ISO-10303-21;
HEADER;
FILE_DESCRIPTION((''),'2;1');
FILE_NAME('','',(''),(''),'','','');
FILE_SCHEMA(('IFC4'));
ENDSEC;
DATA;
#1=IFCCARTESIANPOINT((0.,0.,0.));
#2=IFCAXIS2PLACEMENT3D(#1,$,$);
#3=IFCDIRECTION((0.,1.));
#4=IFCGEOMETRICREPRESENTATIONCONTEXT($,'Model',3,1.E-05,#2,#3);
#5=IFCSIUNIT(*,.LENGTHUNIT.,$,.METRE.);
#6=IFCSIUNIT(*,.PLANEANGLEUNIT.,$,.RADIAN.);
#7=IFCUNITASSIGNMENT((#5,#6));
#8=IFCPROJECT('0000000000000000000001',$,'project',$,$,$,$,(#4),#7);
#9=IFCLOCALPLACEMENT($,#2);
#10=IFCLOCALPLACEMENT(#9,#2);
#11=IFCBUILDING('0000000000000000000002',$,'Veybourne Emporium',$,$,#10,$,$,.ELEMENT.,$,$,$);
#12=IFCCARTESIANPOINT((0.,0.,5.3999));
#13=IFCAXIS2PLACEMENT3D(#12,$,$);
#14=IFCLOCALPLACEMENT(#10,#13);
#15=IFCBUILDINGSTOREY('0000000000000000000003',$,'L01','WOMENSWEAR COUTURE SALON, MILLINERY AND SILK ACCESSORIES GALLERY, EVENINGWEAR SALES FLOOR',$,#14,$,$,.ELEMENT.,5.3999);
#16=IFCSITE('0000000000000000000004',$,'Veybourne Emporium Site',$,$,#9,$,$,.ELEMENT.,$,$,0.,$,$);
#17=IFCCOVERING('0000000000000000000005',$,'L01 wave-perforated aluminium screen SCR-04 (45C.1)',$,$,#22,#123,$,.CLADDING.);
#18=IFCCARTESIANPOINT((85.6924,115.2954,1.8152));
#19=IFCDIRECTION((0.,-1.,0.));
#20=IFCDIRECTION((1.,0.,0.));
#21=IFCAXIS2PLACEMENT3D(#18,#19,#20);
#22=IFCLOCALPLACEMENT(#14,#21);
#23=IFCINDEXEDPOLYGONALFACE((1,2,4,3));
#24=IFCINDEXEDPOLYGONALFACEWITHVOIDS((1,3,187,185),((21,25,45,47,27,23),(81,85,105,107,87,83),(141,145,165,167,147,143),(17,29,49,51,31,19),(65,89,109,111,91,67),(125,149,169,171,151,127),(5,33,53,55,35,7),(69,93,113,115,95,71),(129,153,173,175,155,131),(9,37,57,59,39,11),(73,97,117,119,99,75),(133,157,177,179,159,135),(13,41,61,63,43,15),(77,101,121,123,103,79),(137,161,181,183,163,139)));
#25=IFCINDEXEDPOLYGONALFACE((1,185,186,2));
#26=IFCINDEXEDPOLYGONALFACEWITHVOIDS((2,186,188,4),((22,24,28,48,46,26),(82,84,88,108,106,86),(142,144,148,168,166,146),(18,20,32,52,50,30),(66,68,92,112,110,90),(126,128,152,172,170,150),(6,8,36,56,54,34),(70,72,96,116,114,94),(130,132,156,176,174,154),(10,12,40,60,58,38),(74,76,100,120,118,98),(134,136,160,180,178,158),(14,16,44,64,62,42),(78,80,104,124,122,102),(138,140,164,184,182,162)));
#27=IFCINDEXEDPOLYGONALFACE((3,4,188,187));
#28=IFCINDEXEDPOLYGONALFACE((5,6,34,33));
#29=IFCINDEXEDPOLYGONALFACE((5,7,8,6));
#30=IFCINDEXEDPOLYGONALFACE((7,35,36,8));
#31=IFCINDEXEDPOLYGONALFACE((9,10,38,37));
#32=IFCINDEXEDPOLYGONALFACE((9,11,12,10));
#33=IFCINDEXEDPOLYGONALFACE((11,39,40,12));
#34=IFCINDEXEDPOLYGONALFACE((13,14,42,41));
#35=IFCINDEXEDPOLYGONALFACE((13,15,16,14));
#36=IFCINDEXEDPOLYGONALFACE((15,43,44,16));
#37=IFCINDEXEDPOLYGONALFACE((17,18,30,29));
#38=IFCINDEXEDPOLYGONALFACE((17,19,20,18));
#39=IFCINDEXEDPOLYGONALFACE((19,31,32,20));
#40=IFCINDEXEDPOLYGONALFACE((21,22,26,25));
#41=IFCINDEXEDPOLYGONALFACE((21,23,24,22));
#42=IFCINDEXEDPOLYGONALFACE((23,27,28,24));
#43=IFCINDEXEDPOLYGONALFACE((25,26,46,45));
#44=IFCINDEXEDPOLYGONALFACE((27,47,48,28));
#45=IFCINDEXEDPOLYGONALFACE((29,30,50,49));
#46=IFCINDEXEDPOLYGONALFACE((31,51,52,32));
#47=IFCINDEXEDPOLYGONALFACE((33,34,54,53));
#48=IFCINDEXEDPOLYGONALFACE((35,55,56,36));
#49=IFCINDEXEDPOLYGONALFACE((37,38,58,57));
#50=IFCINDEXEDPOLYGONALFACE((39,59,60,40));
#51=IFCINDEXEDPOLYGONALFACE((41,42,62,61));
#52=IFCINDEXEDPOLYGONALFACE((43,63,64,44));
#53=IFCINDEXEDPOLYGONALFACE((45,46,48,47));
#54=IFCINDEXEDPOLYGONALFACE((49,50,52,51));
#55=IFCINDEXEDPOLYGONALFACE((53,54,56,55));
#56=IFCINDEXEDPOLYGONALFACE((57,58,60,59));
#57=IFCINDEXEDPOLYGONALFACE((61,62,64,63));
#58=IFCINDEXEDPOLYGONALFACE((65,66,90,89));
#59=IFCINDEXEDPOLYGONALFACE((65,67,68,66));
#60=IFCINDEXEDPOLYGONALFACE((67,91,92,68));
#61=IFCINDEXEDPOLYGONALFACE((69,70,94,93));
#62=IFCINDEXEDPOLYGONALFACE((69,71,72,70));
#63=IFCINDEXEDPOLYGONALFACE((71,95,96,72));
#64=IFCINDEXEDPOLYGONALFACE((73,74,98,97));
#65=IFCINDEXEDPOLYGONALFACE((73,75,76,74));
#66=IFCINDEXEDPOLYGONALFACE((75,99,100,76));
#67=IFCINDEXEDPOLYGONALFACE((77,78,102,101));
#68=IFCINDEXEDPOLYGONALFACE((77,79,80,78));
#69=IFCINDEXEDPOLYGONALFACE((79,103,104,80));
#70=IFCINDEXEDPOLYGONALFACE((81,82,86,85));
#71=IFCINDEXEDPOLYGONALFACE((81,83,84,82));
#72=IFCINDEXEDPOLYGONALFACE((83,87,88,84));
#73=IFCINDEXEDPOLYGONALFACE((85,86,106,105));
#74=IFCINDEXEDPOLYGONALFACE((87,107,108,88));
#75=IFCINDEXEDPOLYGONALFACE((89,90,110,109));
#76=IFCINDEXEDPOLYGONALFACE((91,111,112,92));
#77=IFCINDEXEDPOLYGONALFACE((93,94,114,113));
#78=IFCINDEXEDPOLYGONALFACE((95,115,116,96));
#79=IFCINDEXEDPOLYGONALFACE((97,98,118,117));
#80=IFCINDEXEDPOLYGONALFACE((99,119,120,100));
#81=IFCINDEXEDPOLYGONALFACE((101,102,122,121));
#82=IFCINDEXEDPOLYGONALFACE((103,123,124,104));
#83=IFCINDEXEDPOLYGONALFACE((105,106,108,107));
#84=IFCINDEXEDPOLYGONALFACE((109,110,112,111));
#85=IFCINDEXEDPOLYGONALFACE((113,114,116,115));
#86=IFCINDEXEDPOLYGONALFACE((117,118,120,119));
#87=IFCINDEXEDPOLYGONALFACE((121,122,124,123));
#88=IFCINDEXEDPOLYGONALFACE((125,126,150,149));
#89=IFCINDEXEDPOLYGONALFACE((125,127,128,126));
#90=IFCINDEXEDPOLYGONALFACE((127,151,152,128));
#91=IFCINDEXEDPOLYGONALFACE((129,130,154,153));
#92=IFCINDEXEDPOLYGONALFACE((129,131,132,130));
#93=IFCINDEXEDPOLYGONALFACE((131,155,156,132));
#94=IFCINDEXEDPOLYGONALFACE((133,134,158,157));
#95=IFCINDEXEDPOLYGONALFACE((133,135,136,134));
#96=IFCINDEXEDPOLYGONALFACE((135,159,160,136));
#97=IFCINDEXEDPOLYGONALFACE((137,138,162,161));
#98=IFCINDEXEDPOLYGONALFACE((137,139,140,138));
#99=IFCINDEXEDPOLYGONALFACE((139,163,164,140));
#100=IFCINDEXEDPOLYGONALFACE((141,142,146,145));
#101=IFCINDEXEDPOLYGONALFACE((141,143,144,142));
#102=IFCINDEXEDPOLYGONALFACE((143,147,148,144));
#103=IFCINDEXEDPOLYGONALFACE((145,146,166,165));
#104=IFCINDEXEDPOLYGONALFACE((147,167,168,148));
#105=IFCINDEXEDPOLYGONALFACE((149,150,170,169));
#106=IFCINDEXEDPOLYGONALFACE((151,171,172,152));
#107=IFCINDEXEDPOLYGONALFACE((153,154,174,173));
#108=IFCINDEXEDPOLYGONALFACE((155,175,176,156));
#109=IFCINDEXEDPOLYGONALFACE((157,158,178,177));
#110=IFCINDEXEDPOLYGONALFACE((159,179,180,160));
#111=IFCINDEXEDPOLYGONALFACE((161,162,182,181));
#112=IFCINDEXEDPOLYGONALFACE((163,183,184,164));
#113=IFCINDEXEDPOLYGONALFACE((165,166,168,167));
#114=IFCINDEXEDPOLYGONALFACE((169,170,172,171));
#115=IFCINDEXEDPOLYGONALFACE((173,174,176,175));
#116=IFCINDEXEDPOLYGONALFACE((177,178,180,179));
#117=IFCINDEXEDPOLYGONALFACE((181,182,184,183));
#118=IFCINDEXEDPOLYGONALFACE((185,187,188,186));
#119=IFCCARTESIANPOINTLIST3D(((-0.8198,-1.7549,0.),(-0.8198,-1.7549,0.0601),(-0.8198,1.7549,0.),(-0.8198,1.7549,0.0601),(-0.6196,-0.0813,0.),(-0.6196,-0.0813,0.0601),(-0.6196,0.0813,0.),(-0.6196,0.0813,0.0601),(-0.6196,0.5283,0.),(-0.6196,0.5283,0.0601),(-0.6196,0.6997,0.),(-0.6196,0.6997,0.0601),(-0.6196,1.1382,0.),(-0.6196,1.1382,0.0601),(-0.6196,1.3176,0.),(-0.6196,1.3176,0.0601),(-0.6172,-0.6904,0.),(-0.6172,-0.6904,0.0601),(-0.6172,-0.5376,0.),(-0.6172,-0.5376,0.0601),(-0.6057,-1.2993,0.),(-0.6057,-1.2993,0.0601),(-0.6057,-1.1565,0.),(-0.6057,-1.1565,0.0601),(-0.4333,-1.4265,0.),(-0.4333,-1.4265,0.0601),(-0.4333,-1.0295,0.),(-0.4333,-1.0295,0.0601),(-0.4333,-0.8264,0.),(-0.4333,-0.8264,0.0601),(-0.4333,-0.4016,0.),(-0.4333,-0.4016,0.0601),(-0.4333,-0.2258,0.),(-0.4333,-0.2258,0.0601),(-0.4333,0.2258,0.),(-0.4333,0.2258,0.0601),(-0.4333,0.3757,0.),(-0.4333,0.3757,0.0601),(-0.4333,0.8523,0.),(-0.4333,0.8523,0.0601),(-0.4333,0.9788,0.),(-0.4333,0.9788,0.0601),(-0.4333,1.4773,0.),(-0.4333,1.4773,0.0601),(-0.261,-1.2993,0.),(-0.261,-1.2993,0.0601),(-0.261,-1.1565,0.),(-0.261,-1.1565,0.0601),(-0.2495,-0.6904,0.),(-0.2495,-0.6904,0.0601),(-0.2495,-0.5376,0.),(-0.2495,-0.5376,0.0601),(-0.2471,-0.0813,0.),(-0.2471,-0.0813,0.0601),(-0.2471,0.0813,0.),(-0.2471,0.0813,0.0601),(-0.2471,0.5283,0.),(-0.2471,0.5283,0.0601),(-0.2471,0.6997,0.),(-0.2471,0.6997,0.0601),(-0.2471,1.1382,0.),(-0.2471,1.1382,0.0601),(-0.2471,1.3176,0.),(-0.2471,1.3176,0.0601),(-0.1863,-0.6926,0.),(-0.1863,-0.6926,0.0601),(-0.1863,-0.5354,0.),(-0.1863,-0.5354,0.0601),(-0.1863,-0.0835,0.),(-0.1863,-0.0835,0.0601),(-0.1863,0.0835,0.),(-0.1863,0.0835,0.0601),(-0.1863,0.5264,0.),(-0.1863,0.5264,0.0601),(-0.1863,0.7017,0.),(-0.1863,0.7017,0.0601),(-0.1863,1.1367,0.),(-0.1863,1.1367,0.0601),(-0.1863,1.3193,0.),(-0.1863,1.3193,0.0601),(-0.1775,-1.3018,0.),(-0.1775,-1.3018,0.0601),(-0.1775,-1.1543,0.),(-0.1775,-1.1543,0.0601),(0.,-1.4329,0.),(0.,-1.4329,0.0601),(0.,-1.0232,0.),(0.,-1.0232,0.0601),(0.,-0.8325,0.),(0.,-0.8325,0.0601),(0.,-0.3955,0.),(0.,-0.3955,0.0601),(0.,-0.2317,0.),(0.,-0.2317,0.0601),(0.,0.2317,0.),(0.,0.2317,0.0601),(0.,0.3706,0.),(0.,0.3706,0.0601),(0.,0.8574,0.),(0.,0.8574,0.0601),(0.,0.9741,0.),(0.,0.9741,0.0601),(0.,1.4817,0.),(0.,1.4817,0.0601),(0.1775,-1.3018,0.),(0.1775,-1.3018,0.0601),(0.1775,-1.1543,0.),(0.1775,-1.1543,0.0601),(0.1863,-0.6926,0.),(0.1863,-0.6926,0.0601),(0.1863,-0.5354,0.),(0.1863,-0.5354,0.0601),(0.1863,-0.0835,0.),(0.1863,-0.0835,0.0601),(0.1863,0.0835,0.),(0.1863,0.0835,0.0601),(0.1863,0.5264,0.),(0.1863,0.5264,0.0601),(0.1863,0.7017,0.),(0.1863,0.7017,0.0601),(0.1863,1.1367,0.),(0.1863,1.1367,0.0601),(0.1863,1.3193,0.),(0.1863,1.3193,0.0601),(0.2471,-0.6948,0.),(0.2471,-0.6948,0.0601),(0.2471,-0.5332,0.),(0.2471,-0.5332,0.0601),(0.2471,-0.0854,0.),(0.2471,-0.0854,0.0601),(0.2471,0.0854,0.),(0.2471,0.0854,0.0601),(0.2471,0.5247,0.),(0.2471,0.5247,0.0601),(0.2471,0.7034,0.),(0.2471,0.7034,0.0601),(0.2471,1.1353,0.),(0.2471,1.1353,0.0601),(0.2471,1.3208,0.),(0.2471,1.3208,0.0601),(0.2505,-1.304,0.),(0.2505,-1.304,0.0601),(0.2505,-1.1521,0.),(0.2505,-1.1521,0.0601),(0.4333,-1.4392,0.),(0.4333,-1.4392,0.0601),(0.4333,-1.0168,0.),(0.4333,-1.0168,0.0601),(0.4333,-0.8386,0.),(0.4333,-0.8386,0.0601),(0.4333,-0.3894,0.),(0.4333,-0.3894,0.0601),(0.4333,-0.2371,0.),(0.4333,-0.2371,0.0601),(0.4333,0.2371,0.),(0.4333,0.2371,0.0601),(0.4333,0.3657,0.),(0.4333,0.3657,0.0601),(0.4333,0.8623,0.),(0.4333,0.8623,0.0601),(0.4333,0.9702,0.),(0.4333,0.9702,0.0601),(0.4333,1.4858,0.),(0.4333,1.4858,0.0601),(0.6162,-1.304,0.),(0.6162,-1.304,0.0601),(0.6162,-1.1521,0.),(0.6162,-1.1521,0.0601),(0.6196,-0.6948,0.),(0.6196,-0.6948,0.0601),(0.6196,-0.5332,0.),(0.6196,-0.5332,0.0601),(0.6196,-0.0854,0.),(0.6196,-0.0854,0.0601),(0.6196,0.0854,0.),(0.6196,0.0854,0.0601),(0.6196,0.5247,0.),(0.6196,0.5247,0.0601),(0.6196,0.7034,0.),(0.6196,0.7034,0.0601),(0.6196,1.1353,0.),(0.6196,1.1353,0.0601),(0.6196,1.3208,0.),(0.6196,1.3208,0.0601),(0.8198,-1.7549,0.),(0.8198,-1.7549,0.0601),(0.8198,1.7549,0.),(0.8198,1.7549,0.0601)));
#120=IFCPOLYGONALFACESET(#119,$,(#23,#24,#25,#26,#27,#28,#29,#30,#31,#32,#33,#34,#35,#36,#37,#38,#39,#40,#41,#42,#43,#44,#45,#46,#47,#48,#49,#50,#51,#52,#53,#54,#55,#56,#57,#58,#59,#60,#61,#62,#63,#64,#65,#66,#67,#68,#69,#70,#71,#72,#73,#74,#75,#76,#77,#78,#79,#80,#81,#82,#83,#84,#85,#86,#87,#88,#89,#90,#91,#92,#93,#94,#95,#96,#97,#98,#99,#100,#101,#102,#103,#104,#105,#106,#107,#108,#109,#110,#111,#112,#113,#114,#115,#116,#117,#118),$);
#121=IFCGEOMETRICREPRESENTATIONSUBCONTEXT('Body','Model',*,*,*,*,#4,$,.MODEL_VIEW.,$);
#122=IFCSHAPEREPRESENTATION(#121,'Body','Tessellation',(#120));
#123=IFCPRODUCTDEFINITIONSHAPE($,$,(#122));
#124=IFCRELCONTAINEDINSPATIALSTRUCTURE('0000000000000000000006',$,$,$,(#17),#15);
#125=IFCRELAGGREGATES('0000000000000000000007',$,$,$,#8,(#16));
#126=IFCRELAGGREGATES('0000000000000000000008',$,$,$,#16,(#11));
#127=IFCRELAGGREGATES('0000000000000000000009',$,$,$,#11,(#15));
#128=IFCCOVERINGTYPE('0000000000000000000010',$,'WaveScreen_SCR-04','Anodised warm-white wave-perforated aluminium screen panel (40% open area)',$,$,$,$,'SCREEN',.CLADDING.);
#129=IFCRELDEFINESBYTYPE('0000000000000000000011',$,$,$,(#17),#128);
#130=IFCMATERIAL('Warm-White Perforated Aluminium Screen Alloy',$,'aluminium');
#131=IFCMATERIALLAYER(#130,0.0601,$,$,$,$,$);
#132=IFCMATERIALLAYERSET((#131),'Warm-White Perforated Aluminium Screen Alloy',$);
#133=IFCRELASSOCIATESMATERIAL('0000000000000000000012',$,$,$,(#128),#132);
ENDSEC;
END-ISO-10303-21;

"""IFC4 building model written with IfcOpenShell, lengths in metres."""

from ifc_helpers import new_model, si_unit, direction, frame, origin, place, context, subcontext, project, spatial, polyline, outline, extrude, material, layer, layer_set, type_object, element, save


model = new_model("IFC4")

# Units and contexts
model_context = context("Model", 3, precision=1e-05, world=origin(), true_north=direction((0.0, 1.0)))
body_context = subcontext(model_context, "Body", "Model", "MODEL_VIEW")
ifc_project = project(units=[si_unit("LENGTHUNIT", "METRE"), si_unit("PLANEANGLEUNIT", "RADIAN")], contexts=[model_context])

# Site, building, storey
site_placement = place(None, origin())
site = spatial("IfcSite", under=ifc_project, at=site_placement, Name="Veybourne Emporium Site", CompositionType="ELEMENT", RefElevation=0.0)
building_placement = place(site_placement, origin())
building = spatial("IfcBuilding", under=site, at=building_placement, Name="Veybourne Emporium", CompositionType="ELEMENT")
storey_placement = place(building_placement, frame((0.0, 0.0, 5.3999)))
storey = spatial("IfcBuildingStorey", under=building, at=storey_placement, Name="L01", Description="WOMENSWEAR COUTURE SALON, MILLINERY AND SILK ACCESSORIES GALLERY, EVENINGWEAR SALES FLOOR", CompositionType="ELEMENT", Elevation=5.3999)

# Covering
ifc_material_1 = material(Name="Warm-White Perforated Aluminium Screen Alloy", Category="aluminium")
ifc_layer_1 = layer(ifc_material_1, 0.0601)
ifc_layer_set_1 = layer_set([ifc_layer_1], Name="Warm-White Perforated Aluminium Screen Alloy")
covering_type_1 = type_object("IfcCoveringType", Name="WaveScreen_SCR-04", Description="Anodised warm-white wave-perforated aluminium screen panel (40% open area)", ElementType="SCREEN", PredefinedType="CLADDING", material=ifc_layer_set_1)
covering_1_placement = place(storey_placement, frame((85.6924, 115.2954, 1.8152), z_axis=(0.0, -1.0, 0.0), x_axis=(1.0, 0.0, 0.0)))
element("IfcCovering", 1, at=covering_1_placement, inside=storey, type_object=covering_type_1, Name="L01 wave-perforated aluminium screen SCR-04 (45C.1)", PredefinedType="CLADDING", context=body_context, shape_type="SweptSolid", body=[
    extrude(outline(polyline([(-0.8198, -1.7549), (0.8198, -1.7549), (0.8198, 1.7549), (-0.8198, 1.7549), (-0.8198, -1.7549)]), holes=[polyline([(-0.4333, -1.0295), (-0.261, -1.1565), (-0.261, -1.2993), (-0.4333, -1.4265), (-0.6057, -1.2993), (-0.6057, -1.1565), (-0.4333, -1.0295)]), polyline([(-0.4333, -0.4016), (-0.2495, -0.5376), (-0.2495, -0.6904), (-0.4333, -0.8264), (-0.6172, -0.6904), (-0.6172, -0.5376), (-0.4333, -0.4016)]), polyline([(-0.4333, 0.2258), (-0.2471, 0.0813), (-0.2471, -0.0813), (-0.4333, -0.2258), (-0.6196, -0.0813), (-0.6196, 0.0813), (-0.4333, 0.2258)]), polyline([(-0.4333, 0.8523), (-0.2471, 0.6997), (-0.2471, 0.5283), (-0.4333, 0.3757), (-0.6196, 0.5283), (-0.6196, 0.6997), (-0.4333, 0.8523)]), polyline([(-0.4333, 1.4773), (-0.2471, 1.3176), (-0.2471, 1.1382), (-0.4333, 0.9788), (-0.6196, 1.1382), (-0.6196, 1.3176), (-0.4333, 1.4773)]), polyline([(0.0, -1.0232), (0.1775, -1.1543), (0.1775, -1.3018), (0.0, -1.4329), (-0.1775, -1.3018), (-0.1775, -1.1543), (0.0, -1.0232)]), polyline([(0.0, -0.3955), (0.1863, -0.5354), (0.1863, -0.6926), (0.0, -0.8325), (-0.1863, -0.6926), (-0.1863, -0.5354), (0.0, -0.3955)]), polyline([(0.0, 0.2317), (0.1863, 0.0835), (0.1863, -0.0835), (0.0, -0.2317), (-0.1863, -0.0835), (-0.1863, 0.0835), (0.0, 0.2317)]), polyline([(0.0, 0.8574), (0.1863, 0.7017), (0.1863, 0.5264), (0.0, 0.3706), (-0.1863, 0.5264), (-0.1863, 0.7017), (0.0, 0.8574)]), polyline([(0.0, 1.4817), (0.1863, 1.3193), (0.1863, 1.1367), (0.0, 0.9741), (-0.1863, 1.1367), (-0.1863, 1.3193), (0.0, 1.4817)]), polyline([(0.4333, -1.0168), (0.6162, -1.1521), (0.6162, -1.304), (0.4333, -1.4392), (0.2505, -1.304), (0.2505, -1.1521), (0.4333, -1.0168)]), polyline([(0.4333, -0.3894), (0.6196, -0.5332), (0.6196, -0.6948), (0.4333, -0.8386), (0.2471, -0.6948), (0.2471, -0.5332), (0.4333, -0.3894)]), polyline([(0.4333, 0.2371), (0.6196, 0.0854), (0.6196, -0.0854), (0.4333, -0.2371), (0.2471, -0.0854), (0.2471, 0.0854), (0.4333, 0.2371)]), polyline([(0.4333, 0.8623), (0.6196, 0.7034), (0.6196, 0.5247), (0.4333, 0.3657), (0.2471, 0.5247), (0.2471, 0.7034), (0.4333, 0.8623)]), polyline([(0.4333, 1.4858), (0.6196, 1.3208), (0.6196, 1.1353), (0.4333, 0.9702), (0.2471, 1.1353), (0.2471, 1.3208), (0.4333, 1.4858)])]), origin(), (0.0, 0.0, 1.0), 0.0601),
])

save(model, "model.ifc")
